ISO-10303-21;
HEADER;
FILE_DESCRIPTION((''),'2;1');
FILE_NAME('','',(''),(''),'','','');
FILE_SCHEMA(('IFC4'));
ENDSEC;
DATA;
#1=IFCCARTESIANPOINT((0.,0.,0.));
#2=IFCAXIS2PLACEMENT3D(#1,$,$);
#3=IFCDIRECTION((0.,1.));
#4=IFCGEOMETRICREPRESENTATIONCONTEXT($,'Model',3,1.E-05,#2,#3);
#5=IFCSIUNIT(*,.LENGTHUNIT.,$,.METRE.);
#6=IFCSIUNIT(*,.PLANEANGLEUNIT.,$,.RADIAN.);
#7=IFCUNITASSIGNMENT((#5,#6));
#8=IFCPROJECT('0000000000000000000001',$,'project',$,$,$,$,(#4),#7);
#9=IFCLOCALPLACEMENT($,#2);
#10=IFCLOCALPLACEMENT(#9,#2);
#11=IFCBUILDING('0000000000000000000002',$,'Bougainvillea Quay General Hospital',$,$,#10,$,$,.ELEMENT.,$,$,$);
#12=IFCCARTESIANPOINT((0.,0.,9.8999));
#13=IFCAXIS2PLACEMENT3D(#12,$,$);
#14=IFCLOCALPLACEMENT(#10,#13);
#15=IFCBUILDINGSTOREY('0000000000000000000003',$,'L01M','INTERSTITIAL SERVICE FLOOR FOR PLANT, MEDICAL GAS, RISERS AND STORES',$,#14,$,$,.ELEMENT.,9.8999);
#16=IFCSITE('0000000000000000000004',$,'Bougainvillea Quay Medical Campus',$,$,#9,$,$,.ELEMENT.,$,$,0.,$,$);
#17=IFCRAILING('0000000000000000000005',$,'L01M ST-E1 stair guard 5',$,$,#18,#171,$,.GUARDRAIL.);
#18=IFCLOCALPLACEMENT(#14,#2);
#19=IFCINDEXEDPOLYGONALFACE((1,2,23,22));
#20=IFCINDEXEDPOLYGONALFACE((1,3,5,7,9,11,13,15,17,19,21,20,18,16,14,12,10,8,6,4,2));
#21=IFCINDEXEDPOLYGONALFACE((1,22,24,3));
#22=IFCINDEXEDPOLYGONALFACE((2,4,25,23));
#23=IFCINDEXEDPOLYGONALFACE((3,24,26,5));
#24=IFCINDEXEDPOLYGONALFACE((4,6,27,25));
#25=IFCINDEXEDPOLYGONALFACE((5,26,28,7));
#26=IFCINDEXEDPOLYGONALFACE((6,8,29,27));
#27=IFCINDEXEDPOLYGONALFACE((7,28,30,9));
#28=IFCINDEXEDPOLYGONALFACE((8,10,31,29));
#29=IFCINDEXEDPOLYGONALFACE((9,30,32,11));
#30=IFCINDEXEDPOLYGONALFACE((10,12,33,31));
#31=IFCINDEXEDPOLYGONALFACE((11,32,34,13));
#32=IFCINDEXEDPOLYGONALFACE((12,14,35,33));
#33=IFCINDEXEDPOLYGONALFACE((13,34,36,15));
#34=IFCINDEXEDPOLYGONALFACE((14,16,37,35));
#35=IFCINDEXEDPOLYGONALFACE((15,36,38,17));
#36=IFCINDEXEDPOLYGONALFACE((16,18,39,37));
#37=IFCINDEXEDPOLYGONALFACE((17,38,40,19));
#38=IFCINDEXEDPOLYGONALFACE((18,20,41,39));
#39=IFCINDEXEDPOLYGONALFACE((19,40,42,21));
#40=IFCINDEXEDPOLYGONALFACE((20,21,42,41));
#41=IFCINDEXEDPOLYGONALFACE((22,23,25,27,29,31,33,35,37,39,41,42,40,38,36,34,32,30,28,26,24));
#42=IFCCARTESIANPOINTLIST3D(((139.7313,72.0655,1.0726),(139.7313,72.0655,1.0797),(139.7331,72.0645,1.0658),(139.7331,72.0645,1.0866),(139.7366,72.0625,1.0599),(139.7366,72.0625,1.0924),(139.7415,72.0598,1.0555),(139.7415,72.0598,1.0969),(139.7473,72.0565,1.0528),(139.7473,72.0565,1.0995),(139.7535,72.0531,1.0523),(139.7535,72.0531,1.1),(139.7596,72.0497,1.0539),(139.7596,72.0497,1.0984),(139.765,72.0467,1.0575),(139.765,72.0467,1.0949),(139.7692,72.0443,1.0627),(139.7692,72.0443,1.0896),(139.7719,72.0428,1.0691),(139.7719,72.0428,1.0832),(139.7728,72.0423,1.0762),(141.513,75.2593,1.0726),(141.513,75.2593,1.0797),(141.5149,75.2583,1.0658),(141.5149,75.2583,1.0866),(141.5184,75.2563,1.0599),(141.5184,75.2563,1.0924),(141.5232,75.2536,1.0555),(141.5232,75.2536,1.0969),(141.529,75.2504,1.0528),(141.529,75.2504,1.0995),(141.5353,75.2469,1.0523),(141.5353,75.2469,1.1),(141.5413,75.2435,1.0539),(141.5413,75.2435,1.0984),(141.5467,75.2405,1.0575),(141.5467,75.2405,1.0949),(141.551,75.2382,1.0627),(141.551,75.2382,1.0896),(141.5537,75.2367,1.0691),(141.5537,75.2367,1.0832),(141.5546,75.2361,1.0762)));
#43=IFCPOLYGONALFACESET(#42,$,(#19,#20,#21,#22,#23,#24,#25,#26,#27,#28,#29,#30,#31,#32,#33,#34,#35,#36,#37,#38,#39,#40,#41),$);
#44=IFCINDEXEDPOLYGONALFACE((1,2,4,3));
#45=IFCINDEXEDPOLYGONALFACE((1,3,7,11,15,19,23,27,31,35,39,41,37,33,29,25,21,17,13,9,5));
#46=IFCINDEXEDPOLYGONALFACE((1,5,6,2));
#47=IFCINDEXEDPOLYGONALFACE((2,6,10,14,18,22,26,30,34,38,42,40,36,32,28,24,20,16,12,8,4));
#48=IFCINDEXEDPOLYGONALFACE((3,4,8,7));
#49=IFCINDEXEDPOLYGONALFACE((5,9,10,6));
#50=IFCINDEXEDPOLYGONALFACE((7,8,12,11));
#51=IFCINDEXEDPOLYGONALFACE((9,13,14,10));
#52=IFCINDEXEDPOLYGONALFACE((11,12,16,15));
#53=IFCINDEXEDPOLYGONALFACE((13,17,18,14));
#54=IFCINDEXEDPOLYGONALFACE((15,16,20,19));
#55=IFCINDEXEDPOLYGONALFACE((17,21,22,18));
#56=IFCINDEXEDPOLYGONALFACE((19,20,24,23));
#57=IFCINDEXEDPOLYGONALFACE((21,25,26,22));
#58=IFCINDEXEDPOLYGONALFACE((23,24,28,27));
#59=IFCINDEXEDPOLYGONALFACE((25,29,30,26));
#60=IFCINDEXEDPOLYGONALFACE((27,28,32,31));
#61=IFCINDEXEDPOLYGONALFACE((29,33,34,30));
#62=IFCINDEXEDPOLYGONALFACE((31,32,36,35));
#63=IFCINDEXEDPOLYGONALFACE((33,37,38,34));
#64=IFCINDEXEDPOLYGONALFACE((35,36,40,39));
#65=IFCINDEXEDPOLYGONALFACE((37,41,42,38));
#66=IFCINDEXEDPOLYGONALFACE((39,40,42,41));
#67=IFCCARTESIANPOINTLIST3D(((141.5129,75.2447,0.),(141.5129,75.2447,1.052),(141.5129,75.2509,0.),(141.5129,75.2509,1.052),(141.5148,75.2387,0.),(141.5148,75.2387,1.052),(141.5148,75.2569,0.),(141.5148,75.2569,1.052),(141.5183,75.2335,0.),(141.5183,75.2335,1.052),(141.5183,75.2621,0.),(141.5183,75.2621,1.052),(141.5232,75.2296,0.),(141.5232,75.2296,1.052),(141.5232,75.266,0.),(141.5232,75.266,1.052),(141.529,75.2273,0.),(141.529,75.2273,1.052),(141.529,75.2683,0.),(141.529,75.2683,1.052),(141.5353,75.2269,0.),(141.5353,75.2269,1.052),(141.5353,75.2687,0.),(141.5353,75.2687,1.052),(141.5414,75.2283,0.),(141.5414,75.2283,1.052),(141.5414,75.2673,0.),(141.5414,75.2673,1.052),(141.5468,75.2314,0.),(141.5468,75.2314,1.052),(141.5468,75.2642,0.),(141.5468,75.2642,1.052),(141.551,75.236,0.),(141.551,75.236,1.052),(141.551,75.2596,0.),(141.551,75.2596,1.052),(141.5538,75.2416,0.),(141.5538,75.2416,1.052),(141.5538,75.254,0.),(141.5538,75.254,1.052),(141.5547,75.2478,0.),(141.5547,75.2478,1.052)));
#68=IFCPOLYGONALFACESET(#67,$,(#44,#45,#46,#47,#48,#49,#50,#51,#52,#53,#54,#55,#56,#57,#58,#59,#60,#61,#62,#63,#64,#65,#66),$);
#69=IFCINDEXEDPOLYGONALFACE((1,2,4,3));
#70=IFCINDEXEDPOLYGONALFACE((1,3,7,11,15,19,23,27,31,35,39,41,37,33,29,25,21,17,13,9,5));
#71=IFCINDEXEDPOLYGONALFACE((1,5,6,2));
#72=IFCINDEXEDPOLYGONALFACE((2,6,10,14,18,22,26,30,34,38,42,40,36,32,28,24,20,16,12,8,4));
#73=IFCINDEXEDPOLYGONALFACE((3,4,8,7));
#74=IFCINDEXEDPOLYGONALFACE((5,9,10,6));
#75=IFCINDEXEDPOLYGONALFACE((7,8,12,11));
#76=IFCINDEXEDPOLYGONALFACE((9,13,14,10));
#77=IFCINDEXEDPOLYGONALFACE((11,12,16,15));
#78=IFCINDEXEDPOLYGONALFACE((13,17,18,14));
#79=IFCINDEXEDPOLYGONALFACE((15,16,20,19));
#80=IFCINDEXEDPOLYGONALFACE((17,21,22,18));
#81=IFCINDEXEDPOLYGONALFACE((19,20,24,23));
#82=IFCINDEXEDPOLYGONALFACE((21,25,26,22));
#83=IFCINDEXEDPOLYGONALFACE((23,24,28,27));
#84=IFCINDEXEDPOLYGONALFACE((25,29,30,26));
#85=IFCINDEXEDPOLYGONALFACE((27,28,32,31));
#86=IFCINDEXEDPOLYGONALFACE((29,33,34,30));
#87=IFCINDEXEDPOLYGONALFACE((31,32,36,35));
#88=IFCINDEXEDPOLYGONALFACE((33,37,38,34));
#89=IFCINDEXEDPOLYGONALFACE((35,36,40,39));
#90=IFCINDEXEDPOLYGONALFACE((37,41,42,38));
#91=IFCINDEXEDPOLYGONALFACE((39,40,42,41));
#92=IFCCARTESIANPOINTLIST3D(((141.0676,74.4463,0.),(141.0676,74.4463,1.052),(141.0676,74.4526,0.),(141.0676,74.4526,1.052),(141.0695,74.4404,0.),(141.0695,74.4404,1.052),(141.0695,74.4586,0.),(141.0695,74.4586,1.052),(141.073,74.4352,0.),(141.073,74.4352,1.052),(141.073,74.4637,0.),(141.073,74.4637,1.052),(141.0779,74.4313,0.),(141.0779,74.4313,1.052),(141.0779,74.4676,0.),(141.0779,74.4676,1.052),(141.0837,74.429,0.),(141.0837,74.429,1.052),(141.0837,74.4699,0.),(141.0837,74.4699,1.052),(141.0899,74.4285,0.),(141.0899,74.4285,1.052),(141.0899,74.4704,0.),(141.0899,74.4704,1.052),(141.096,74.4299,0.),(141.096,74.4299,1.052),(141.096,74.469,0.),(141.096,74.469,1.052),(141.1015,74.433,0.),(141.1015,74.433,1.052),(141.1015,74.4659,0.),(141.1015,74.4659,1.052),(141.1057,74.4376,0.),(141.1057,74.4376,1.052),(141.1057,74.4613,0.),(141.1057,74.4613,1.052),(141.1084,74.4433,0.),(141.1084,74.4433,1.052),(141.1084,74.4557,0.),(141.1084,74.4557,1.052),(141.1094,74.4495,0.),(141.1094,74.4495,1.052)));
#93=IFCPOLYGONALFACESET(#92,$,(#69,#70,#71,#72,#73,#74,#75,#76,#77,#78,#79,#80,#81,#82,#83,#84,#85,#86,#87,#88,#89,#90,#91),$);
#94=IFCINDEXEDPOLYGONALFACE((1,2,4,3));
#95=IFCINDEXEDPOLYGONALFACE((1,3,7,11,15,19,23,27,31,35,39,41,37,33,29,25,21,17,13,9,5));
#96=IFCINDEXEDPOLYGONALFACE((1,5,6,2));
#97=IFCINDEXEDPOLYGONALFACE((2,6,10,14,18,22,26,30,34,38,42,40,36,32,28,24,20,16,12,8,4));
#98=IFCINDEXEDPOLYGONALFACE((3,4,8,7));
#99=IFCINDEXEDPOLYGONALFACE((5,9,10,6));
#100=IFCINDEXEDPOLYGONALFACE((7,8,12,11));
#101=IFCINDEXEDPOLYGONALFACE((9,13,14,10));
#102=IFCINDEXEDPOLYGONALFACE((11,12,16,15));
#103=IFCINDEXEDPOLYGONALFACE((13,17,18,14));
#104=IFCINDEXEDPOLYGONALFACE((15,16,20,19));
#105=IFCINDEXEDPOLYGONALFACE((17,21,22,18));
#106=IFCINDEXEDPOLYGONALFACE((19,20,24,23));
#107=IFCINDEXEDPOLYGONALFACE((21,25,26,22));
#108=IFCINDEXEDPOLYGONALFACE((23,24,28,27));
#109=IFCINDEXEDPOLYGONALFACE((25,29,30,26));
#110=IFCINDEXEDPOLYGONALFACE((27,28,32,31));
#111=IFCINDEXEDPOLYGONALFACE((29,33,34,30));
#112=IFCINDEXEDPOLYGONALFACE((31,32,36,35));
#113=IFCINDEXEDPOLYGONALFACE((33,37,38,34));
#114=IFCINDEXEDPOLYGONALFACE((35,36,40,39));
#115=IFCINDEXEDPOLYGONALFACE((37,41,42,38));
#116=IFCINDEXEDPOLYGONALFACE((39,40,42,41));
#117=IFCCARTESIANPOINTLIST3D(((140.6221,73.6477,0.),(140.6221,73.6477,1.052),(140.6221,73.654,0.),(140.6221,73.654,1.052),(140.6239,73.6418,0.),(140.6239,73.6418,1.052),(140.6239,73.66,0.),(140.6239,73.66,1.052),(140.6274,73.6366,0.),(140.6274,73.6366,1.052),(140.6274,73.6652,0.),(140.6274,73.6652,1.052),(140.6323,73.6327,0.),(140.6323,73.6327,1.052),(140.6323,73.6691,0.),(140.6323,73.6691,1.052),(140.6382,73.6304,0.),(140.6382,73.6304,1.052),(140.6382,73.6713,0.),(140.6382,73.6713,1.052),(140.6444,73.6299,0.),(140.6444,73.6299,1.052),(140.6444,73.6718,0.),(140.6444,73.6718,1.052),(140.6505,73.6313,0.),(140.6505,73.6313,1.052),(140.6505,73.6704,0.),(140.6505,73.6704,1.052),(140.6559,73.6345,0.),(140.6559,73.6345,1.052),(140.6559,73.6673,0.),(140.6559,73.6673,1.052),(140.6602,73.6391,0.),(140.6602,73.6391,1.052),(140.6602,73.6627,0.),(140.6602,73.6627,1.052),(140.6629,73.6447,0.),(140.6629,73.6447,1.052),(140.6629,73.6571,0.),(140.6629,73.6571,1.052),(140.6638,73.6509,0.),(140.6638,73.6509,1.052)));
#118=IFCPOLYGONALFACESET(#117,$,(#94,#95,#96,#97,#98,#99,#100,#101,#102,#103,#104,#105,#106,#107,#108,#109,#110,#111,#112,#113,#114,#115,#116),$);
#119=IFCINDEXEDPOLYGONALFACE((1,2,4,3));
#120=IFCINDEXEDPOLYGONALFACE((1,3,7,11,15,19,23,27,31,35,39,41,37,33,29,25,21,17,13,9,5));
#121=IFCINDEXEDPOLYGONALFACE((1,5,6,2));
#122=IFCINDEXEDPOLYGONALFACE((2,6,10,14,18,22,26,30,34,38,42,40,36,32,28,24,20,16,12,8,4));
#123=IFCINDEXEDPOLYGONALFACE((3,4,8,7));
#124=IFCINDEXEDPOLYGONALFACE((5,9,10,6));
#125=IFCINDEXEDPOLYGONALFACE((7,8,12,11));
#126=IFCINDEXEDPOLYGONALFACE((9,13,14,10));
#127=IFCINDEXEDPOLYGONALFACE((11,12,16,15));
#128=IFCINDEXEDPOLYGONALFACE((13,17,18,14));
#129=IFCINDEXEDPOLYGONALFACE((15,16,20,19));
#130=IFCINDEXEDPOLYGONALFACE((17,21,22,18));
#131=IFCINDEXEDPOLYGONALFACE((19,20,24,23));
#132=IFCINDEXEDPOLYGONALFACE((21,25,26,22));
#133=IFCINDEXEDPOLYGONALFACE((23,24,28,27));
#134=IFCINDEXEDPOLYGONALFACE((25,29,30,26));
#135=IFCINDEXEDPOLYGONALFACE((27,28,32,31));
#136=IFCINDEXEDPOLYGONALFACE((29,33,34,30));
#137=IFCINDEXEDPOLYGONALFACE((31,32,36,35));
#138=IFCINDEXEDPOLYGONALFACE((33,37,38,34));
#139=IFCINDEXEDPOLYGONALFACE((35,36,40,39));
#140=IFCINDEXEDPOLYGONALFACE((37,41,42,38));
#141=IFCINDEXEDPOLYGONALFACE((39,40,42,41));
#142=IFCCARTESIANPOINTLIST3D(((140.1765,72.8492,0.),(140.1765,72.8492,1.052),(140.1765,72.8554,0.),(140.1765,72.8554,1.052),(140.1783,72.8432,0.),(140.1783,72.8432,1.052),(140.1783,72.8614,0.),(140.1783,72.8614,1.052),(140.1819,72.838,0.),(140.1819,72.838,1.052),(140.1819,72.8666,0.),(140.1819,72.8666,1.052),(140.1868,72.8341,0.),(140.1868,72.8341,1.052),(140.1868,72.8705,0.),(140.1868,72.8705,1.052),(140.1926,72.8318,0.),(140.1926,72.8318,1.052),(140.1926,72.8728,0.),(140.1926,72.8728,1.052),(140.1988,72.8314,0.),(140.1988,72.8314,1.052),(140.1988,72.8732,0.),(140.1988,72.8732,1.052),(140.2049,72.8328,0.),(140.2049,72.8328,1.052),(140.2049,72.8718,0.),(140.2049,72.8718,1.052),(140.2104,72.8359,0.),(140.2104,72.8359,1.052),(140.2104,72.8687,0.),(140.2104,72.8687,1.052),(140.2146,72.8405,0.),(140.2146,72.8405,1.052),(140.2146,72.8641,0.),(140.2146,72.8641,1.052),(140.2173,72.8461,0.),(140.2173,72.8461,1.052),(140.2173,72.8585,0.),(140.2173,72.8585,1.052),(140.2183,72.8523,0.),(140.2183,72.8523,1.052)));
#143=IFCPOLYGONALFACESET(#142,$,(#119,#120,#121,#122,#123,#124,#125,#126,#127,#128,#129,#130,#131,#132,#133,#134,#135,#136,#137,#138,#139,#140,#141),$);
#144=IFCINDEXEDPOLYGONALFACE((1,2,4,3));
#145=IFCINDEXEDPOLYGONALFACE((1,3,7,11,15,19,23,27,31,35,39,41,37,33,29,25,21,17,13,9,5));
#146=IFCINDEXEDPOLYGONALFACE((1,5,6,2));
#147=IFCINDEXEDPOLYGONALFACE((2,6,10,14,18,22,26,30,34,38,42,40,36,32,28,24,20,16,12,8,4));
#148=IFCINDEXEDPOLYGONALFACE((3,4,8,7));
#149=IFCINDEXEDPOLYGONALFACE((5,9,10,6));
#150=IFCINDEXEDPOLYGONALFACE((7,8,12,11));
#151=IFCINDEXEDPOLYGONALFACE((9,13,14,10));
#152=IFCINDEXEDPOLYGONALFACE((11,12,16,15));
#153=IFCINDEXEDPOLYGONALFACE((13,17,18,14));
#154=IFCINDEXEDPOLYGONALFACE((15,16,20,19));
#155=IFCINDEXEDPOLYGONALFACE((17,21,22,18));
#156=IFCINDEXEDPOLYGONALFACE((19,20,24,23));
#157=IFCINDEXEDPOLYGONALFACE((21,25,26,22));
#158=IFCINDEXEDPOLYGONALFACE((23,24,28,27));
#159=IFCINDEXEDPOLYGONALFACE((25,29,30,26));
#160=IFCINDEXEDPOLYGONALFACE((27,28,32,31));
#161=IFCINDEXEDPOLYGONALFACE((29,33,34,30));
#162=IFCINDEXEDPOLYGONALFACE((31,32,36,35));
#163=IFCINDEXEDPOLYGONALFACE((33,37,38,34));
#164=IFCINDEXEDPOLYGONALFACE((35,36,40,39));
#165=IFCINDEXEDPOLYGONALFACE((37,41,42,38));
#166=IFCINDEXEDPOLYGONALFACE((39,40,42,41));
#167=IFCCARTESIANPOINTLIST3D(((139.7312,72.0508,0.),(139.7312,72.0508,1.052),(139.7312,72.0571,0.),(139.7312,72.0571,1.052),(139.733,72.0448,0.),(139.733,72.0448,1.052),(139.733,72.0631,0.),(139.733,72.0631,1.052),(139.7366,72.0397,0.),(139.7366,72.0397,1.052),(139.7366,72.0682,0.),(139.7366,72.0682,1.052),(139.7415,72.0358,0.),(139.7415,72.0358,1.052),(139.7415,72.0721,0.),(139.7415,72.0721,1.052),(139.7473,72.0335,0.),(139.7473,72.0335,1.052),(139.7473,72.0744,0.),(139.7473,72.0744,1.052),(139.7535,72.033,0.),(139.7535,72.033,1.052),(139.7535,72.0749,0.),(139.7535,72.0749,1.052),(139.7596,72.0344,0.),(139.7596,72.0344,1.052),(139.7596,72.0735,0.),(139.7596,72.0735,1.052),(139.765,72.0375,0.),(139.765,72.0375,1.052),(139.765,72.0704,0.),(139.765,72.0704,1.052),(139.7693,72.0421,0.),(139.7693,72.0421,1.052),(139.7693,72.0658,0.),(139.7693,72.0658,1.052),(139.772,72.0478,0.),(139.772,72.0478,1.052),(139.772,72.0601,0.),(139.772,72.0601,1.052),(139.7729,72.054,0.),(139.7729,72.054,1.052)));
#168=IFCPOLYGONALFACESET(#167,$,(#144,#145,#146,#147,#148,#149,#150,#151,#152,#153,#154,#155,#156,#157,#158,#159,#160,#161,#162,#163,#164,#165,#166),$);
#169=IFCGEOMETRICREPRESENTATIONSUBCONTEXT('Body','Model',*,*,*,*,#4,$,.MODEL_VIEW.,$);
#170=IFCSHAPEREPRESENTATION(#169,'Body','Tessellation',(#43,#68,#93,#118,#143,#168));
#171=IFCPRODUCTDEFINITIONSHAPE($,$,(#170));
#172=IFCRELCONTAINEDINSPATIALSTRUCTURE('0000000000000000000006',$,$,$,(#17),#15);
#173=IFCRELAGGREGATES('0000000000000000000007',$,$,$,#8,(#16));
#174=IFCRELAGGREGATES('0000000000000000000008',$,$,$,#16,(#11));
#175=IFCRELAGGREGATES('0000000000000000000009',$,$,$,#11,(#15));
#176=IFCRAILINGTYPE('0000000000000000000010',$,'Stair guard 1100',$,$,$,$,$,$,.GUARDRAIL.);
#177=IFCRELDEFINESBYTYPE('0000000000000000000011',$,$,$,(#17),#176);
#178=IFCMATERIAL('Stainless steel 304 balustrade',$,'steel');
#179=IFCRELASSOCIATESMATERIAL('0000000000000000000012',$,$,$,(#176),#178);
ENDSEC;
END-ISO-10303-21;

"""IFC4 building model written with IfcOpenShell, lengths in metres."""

from ifc_helpers import new_model, si_unit, direction, frame, origin, origin_2d, place, context, subcontext, project, spatial, circle, extrude, material, type_object, element, save


model = new_model("IFC4")

# Units and contexts
model_context = context("Model", 3, precision=1e-05, world=origin(), true_north=direction((0.0, 1.0)))
body_context = subcontext(model_context, "Body", "Model", "MODEL_VIEW")
ifc_project = project(units=[si_unit("LENGTHUNIT", "METRE"), si_unit("PLANEANGLEUNIT", "RADIAN")], contexts=[model_context])

# Site, building, storey
site_placement = place(None, origin())
site = spatial("IfcSite", under=ifc_project, at=site_placement, Name="Bougainvillea Quay Medical Campus", CompositionType="ELEMENT", RefElevation=0.0)
building_placement = place(site_placement, origin())
building = spatial("IfcBuilding", under=site, at=building_placement, Name="Bougainvillea Quay General Hospital", CompositionType="ELEMENT")
storey_placement = place(building_placement, frame((0.0, 0.0, 9.8999)))
storey = spatial("IfcBuildingStorey", under=building, at=storey_placement, Name="L01M", Description="INTERSTITIAL SERVICE FLOOR FOR PLANT, MEDICAL GAS, RISERS AND STORES", CompositionType="ELEMENT", Elevation=9.8999)

# Railing
ifc_material_1 = material(Name="Stainless steel 304 balustrade", Category="steel")
railing_type_1 = type_object("IfcRailingType", Name="Stair guard 1100", PredefinedType="GUARDRAIL", material=ifc_material_1)
railing_1_placement = place(storey_placement, frame((141.5337, 75.2478, 0.0)))
element("IfcRailing", 1, at=railing_1_placement, inside=storey, type_object=railing_type_1, Name="L01M ST-E1 stair guard 5", PredefinedType="GUARDRAIL", context=body_context, shape_type="SweptSolid", body=[
    extrude(circle(Radius=0.0239, at=origin_2d()), frame((0.0, 0.0, 1.0762), z_axis=(-0.487184, -0.873299, 0.0), x_axis=(0.873299, -0.487184, 0.0)), (0.0, 0.0, 1.0), 3.6572),
    extrude(circle(Radius=0.021, at=origin_2d()), origin(), (0.0, 0.0, 1.0), 1.052),
    extrude(circle(Radius=0.021, at=origin_2d()), frame((-0.4453, -0.7983, 0.0)), (0.0, 0.0, 1.0), 1.052),
    extrude(circle(Radius=0.021, at=origin_2d()), frame((-0.8909, -1.5969, 0.0)), (0.0, 0.0, 1.0), 1.052),
    extrude(circle(Radius=0.021, at=origin_2d()), frame((-1.3364, -2.3955, 0.0)), (0.0, 0.0, 1.0), 1.052),
    extrude(circle(Radius=0.021, at=origin_2d()), frame((-1.7817, -3.1938, 0.0)), (0.0, 0.0, 1.0), 1.052),
])

save(model, "model.ifc")
